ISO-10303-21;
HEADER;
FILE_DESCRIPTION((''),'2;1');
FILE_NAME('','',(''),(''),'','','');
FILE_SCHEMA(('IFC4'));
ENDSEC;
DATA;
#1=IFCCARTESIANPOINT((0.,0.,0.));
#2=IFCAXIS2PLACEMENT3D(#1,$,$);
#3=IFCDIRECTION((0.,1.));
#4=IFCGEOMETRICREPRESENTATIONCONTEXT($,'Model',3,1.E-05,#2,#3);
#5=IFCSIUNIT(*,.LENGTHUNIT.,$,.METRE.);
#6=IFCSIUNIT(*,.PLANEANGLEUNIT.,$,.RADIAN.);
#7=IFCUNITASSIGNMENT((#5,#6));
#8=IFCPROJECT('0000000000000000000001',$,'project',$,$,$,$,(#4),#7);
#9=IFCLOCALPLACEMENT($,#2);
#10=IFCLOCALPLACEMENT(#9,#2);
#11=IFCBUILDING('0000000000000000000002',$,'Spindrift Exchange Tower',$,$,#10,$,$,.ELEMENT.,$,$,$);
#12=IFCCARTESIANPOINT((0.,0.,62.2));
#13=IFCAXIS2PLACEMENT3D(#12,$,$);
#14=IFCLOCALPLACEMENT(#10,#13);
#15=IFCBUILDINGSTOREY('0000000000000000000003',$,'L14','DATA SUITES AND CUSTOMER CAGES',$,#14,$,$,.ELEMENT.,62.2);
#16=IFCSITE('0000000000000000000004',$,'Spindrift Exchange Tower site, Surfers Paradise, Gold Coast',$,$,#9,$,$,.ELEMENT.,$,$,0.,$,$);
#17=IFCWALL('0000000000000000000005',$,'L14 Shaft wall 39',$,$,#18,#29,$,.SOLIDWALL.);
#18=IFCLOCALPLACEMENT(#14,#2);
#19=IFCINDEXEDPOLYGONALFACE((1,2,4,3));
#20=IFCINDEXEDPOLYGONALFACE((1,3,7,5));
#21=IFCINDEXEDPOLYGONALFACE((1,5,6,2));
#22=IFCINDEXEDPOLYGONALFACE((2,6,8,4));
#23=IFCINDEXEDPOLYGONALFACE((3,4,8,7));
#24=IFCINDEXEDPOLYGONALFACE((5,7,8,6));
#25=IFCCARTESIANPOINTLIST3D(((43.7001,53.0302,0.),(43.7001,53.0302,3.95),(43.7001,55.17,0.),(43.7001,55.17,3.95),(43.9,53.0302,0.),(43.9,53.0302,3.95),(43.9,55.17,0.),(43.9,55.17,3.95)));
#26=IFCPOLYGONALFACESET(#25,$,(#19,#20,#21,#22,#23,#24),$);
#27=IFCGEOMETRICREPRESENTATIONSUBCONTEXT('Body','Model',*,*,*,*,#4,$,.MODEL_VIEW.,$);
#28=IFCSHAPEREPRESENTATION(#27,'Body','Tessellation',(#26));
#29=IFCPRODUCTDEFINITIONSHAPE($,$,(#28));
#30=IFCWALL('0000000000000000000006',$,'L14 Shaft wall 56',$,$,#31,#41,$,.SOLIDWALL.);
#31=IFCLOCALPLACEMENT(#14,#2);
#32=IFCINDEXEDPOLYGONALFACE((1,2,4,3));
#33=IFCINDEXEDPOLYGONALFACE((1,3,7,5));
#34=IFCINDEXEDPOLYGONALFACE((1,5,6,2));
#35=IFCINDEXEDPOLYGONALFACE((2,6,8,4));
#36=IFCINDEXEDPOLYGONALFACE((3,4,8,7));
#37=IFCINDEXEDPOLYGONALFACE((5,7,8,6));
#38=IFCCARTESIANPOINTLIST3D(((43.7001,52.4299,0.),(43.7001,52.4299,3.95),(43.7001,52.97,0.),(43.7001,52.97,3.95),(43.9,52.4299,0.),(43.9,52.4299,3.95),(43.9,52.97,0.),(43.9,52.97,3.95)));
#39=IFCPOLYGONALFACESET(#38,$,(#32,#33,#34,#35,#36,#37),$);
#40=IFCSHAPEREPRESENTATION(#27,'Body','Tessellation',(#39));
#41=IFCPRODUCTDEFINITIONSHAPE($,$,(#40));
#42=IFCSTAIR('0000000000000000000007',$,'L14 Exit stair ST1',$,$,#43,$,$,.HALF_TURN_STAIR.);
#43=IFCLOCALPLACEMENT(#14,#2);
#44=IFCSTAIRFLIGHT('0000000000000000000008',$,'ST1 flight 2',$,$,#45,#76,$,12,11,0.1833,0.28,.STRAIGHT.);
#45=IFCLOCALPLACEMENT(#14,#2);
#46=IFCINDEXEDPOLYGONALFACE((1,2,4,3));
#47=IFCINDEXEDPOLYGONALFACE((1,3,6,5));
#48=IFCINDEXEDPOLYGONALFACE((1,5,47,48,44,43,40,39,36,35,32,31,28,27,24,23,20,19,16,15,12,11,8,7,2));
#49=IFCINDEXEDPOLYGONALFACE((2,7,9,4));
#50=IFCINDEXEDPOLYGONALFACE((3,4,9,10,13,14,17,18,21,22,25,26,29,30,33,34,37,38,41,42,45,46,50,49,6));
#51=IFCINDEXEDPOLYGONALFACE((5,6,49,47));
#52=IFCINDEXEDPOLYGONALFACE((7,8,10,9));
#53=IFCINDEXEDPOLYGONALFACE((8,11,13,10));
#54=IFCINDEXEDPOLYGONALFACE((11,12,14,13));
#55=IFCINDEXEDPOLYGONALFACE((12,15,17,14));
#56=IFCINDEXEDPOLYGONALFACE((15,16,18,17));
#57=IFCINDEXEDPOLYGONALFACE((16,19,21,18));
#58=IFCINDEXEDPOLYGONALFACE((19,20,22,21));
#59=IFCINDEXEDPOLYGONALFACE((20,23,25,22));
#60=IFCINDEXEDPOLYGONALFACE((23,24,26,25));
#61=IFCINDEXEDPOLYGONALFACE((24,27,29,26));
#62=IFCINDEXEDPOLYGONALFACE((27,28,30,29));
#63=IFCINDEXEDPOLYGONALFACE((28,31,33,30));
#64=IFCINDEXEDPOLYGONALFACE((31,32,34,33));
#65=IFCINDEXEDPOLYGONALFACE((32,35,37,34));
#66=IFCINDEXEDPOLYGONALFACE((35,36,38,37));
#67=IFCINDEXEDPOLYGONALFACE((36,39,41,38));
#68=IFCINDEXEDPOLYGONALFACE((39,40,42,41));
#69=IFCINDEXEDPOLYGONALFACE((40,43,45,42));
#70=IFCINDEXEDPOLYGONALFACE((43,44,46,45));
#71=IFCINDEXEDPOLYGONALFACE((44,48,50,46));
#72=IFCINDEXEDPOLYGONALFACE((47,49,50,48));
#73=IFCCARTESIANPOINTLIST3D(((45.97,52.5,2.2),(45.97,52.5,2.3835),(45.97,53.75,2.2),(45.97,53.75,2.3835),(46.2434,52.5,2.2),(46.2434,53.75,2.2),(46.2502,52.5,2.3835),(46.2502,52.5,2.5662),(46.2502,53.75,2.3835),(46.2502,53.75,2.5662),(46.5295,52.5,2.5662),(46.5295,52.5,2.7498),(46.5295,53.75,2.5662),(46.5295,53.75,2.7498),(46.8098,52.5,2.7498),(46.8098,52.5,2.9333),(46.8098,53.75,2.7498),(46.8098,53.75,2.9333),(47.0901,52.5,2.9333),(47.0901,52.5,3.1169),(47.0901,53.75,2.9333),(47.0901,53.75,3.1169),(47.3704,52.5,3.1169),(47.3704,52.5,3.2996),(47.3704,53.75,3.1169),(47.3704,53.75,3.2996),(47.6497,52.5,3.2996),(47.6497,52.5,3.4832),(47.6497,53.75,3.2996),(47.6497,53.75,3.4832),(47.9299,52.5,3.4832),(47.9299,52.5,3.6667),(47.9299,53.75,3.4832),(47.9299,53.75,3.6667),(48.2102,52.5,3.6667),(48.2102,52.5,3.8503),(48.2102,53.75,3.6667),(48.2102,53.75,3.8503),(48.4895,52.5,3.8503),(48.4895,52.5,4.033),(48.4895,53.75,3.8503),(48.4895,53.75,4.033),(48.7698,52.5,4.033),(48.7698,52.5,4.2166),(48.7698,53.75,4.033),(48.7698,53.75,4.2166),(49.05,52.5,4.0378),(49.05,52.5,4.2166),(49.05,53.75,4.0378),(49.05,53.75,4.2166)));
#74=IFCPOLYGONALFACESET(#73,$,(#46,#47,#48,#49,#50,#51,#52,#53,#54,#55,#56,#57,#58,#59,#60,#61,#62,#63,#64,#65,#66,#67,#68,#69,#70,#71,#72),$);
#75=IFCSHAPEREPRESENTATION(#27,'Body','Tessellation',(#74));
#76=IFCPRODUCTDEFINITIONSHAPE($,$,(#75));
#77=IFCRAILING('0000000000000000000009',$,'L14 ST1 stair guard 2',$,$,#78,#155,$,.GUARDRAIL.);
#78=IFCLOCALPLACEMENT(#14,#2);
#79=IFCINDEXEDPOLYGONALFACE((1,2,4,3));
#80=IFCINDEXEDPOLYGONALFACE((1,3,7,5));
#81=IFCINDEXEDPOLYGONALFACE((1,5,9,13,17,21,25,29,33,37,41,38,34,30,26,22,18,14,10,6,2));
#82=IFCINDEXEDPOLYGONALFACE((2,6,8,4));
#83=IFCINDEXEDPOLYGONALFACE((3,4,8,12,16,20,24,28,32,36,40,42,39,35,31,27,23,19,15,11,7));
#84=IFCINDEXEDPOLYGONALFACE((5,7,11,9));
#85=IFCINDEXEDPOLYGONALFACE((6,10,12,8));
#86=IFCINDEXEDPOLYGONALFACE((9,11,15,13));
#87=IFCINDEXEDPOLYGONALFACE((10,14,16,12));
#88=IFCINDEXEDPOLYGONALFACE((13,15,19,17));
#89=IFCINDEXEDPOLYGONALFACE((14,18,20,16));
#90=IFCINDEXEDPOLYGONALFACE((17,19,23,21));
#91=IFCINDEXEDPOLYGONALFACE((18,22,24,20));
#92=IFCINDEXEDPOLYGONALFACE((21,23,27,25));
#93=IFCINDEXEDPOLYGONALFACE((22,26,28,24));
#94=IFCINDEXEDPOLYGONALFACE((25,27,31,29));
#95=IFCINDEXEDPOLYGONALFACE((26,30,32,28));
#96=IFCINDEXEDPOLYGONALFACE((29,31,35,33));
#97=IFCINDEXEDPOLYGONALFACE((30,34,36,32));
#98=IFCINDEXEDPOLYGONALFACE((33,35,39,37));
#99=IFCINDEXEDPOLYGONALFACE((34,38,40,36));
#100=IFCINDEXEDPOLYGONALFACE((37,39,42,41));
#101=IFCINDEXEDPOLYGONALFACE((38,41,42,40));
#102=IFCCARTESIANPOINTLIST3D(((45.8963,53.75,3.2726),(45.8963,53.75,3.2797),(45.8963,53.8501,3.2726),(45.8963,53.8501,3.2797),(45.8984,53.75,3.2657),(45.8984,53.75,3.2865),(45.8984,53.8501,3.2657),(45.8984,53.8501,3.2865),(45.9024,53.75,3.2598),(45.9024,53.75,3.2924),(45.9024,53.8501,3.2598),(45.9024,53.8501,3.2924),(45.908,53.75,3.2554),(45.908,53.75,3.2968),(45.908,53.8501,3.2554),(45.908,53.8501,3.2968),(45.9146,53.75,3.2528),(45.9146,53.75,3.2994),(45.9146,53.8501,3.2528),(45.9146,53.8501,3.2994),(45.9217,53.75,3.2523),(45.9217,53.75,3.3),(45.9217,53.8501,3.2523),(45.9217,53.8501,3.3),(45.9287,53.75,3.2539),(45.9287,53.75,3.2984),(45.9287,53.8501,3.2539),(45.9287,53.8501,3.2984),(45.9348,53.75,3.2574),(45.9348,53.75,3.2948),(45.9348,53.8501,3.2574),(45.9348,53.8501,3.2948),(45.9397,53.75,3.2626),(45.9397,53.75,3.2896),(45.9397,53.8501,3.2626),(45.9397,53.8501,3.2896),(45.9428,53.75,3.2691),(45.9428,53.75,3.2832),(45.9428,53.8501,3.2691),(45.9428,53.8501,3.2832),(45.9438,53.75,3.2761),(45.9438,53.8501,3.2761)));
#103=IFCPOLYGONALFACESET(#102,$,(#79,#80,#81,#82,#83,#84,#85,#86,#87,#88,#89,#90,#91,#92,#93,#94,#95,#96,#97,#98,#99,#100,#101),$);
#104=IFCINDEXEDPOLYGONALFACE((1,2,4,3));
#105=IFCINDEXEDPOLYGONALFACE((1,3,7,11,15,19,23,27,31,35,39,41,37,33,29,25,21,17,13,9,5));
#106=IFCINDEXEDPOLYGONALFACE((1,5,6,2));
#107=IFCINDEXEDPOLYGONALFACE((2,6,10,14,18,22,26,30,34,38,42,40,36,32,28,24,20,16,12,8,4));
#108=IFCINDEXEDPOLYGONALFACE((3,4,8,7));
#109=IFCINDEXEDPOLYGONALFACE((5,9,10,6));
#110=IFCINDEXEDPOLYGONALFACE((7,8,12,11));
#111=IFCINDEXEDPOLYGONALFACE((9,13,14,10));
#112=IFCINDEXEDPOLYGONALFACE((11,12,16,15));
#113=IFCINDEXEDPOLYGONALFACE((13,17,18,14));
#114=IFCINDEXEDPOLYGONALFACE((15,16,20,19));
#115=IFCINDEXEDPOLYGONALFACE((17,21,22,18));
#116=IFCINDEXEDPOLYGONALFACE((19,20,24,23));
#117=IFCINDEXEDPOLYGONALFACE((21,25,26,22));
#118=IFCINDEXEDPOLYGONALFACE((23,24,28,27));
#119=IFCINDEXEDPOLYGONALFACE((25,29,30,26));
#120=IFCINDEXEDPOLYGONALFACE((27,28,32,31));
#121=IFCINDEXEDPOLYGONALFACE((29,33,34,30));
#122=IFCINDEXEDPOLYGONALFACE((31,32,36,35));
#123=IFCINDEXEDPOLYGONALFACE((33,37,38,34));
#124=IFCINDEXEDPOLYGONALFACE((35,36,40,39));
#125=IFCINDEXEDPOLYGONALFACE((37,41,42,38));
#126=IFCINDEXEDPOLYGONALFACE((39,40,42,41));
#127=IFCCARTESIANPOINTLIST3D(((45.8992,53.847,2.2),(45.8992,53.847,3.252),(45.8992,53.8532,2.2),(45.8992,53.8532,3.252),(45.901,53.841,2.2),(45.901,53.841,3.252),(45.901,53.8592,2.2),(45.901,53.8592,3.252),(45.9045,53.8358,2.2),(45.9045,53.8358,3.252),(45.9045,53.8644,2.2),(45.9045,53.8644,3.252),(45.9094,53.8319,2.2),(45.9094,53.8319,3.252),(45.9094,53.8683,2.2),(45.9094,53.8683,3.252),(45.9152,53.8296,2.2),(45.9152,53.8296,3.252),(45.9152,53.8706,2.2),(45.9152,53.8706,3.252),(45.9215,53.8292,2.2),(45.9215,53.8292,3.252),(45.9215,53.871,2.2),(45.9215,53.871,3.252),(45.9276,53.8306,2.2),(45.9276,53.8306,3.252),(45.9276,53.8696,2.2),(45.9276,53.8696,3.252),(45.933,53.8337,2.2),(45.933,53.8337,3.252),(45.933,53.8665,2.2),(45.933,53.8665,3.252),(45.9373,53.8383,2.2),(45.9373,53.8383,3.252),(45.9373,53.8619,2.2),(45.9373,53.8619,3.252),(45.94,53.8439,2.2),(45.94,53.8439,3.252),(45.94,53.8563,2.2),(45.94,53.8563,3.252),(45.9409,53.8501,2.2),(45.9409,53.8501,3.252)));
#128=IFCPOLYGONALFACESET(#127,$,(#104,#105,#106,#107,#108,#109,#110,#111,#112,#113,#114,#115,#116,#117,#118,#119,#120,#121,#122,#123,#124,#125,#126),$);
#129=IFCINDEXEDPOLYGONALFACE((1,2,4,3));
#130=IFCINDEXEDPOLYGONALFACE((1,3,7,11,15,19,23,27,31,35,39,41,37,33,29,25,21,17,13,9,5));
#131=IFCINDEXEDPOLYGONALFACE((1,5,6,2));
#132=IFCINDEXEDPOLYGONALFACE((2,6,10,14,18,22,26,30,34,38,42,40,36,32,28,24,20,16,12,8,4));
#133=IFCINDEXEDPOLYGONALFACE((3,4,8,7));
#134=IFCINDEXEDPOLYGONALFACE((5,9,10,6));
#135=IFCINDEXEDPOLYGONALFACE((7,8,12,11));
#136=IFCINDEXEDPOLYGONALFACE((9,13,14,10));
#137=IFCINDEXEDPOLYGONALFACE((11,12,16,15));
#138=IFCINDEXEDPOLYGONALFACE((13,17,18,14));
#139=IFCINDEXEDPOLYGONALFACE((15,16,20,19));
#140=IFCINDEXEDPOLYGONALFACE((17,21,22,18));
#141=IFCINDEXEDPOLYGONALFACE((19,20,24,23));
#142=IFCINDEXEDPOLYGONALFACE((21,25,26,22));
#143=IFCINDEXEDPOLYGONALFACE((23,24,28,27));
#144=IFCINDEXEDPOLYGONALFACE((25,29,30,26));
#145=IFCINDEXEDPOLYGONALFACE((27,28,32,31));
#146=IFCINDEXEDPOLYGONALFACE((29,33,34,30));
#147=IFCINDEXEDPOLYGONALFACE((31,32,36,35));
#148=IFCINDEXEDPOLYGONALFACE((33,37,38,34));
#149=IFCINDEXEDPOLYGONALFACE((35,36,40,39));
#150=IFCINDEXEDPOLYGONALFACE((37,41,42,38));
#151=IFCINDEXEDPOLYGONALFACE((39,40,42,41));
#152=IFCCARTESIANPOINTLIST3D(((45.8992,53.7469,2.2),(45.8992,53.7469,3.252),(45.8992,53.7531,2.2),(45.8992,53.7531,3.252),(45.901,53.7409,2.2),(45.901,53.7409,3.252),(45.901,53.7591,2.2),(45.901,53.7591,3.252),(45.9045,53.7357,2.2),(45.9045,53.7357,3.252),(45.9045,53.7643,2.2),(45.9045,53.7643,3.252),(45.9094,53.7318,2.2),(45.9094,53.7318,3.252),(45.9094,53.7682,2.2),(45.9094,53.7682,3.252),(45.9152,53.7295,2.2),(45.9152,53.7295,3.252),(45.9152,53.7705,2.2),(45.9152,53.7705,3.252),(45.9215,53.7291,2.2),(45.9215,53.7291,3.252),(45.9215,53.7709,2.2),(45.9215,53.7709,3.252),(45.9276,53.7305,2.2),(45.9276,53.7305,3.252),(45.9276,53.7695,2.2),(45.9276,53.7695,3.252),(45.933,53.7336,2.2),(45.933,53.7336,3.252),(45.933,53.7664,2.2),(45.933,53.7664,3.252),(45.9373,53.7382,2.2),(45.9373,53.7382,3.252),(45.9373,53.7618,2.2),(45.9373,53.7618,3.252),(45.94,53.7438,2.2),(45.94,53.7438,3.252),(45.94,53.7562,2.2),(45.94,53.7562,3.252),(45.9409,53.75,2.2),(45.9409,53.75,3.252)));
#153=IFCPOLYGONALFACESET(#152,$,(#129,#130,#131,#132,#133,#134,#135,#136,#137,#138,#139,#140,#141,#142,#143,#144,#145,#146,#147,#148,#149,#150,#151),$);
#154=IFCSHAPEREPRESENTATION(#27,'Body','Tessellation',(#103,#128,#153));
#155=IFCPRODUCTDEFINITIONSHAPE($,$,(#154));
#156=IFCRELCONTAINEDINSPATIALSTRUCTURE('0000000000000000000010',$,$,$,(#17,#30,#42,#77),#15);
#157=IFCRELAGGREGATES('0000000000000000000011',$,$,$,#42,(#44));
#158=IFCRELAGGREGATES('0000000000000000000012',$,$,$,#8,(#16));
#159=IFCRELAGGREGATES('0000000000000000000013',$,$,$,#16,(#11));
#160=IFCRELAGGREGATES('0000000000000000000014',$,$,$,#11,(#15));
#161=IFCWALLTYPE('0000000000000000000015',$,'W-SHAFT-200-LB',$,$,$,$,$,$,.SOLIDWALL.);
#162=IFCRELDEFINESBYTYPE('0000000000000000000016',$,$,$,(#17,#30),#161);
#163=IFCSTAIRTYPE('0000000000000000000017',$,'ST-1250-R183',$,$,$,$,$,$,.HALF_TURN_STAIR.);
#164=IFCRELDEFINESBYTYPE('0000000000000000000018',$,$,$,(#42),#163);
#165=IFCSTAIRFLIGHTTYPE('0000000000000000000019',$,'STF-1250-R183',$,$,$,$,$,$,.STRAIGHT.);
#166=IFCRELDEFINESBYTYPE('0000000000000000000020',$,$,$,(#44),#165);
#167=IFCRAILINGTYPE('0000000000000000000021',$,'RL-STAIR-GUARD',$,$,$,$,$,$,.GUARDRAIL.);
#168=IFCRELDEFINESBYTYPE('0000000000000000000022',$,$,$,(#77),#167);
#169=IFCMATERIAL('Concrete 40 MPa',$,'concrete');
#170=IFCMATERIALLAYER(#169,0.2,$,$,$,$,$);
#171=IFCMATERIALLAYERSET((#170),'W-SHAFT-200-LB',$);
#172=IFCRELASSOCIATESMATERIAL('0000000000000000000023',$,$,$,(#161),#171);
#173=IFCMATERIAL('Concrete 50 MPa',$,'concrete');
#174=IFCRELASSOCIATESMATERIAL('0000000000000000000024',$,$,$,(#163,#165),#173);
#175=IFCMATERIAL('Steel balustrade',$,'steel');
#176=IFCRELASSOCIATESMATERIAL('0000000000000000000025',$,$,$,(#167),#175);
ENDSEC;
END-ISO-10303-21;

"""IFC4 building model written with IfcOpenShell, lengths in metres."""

from ifc_helpers import new_model, si_unit, direction, frame, frame_2d, origin, origin_2d, place, context, subcontext, project, spatial, line, indexed_curve, rectangle, circle, outline, extrude, material, layer, layer_set, type_object, element, aggregate, save


model = new_model("IFC4")

# Units and contexts
model_context = context("Model", 3, precision=1e-05, world=origin(), true_north=direction((0.0, 1.0)))
body_context = subcontext(model_context, "Body", "Model", "MODEL_VIEW")
ifc_project = project(units=[si_unit("LENGTHUNIT", "METRE"), si_unit("PLANEANGLEUNIT", "RADIAN")], contexts=[model_context])

# Site, building, storey
site_placement = place(None, origin())
site = spatial("IfcSite", under=ifc_project, at=site_placement, Name="Spindrift Exchange Tower site, Surfers Paradise, Gold Coast", CompositionType="ELEMENT", RefElevation=0.0)
building_placement = place(site_placement, origin())
building = spatial("IfcBuilding", under=site, at=building_placement, Name="Spindrift Exchange Tower", CompositionType="ELEMENT")
storey_placement = place(building_placement, frame((0.0, 0.0, 62.2)))
storey = spatial("IfcBuildingStorey", under=building, at=storey_placement, Name="L14", Description="DATA SUITES AND CUSTOMER CAGES", CompositionType="ELEMENT", Elevation=62.2)

# Walls
ifc_material_1 = material(Name="Concrete 40 MPa", Category="concrete")
ifc_layer_1 = layer(ifc_material_1, 0.2)
ifc_layer_set_1 = layer_set([ifc_layer_1], Name="W-SHAFT-200-LB")
wall_type_1 = type_object("IfcWallType", Name="W-SHAFT-200-LB", PredefinedType="SOLIDWALL", material=ifc_layer_set_1)
wall_1_placement = place(storey_placement, frame((43.8, 55.1699, 0.0), z_axis=(0.0, 0.0, 1.0), x_axis=(0.0, -1.0, 0.0)))
element("IfcWall", 1, at=wall_1_placement, inside=storey, type_object=wall_type_1, Name="L14 Shaft wall 39", PredefinedType="SOLIDWALL", context=body_context, shape_type="SweptSolid", body=[
    extrude(rectangle(XDim=2.1399, YDim=0.2, at=frame_2d((1.0698, 0.0))), origin(), (0.0, 0.0, 1.0), 3.95),
])
wall_2_placement = place(storey_placement, frame((43.8, 52.4299, 0.0), z_axis=(0.0, 0.0, 1.0), x_axis=(0.0, 1.0, 0.0)))
element("IfcWall", 2, at=wall_2_placement, inside=storey, type_object=wall_type_1, Name="L14 Shaft wall 56", PredefinedType="SOLIDWALL", context=body_context, shape_type="SweptSolid", body=[
    extrude(rectangle(XDim=0.54, YDim=0.2, at=frame_2d((0.27, 0.0))), origin(), (0.0, 0.0, 1.0), 3.95),
])

# Stair, stair flight
ifc_material_2 = material(Name="Concrete 50 MPa", Category="concrete")
stair_type = type_object("IfcStairType", Name="ST-1250-R183", PredefinedType="HALF_TURN_STAIR", material=ifc_material_2)
stair_placement = place(storey_placement, origin())
stair = element("IfcStair", 3, at=stair_placement, inside=storey, type_object=stair_type, Name="L14 Exit stair ST1", PredefinedType="HALF_TURN_STAIR")
stair_flight_type = type_object("IfcStairFlightType", Name="STF-1250-R183", PredefinedType="STRAIGHT", material=ifc_material_2)
stair_flight_placement = place(storey_placement, frame((45.97, 53.125, 2.2), z_axis=(0.0, 0.0, 1.0), x_axis=(1.0, 0.0, 0.0)))
stair_flight = element("IfcStairFlight", 4, at=stair_flight_placement, type_object=stair_flight_type, Name="ST1 flight 2", NumberOfRisers=12, NumberOfTreads=11, PredefinedType="STRAIGHT", RiserHeight=0.1833, TreadLength=0.28, context=body_context, shape_type="SweptSolid", body=[
    extrude(outline(indexed_curve([(0.0, 0.0), (0.0, 0.1836), (0.2803, 0.1836), (0.2803, 0.3662), (0.5596, 0.3662), (0.5596, 0.5498), (0.8398, 0.5498), (0.8398, 0.7334), (1.1201, 0.7334), (1.1201, 0.917), (1.4004, 0.917), (1.4004, 1.0996), (1.6797, 1.0996), (1.6797, 1.2832), (1.96, 1.2832), (1.96, 1.4668), (2.2402, 1.4668), (2.2402, 1.6504), (2.5195, 1.6504), (2.5195, 1.833), (2.7998, 1.833), (2.7998, 2.0166), (3.0801, 2.0166), (3.0801, 2.2002), (3.0801, 1.8379), (0.2734, 0.0)], segments=[line(1, 2, 3, 4, 5, 6, 7, 8, 9, 10, 11, 12, 13, 14, 15, 16, 17, 18, 19, 20, 21, 22, 23, 24, 25, 26, 1)], self_intersect=False)), frame((0.0, 0.625, 0.0), z_axis=(0.0, -1.0, 0.0), x_axis=(1.0, 0.0, 0.0)), (0.0, 0.0, 1.0), 1.25),
])
aggregate(stair, [stair_flight])

# Railing
ifc_material_3 = material(Name="Steel balustrade", Category="steel")
railing_type_1 = type_object("IfcRailingType", Name="RL-STAIR-GUARD", PredefinedType="GUARDRAIL", material=ifc_material_3)
railing_1_placement = place(storey_placement, frame((45.9199, 53.8501, 2.2)))
element("IfcRailing", 5, at=railing_1_placement, inside=storey, type_object=railing_type_1, Name="L14 ST1 stair guard 2", PredefinedType="GUARDRAIL", context=body_context, shape_type="SweptSolid", body=[
    extrude(circle(Radius=0.0239, at=origin_2d()), frame((0.0, 0.0, 1.0762), z_axis=(0.0, -1.0, 0.0), x_axis=(1.0, 0.0, 0.0)), (0.0, 0.0, 1.0), 0.1001),
    extrude(circle(Radius=0.021, at=origin_2d()), origin(), (0.0, 0.0, 1.0), 1.052),
    extrude(circle(Radius=0.021, at=origin_2d()), frame((0.0, -0.1001, 0.0)), (0.0, 0.0, 1.0), 1.052),
])

save(model, "model.ifc")
